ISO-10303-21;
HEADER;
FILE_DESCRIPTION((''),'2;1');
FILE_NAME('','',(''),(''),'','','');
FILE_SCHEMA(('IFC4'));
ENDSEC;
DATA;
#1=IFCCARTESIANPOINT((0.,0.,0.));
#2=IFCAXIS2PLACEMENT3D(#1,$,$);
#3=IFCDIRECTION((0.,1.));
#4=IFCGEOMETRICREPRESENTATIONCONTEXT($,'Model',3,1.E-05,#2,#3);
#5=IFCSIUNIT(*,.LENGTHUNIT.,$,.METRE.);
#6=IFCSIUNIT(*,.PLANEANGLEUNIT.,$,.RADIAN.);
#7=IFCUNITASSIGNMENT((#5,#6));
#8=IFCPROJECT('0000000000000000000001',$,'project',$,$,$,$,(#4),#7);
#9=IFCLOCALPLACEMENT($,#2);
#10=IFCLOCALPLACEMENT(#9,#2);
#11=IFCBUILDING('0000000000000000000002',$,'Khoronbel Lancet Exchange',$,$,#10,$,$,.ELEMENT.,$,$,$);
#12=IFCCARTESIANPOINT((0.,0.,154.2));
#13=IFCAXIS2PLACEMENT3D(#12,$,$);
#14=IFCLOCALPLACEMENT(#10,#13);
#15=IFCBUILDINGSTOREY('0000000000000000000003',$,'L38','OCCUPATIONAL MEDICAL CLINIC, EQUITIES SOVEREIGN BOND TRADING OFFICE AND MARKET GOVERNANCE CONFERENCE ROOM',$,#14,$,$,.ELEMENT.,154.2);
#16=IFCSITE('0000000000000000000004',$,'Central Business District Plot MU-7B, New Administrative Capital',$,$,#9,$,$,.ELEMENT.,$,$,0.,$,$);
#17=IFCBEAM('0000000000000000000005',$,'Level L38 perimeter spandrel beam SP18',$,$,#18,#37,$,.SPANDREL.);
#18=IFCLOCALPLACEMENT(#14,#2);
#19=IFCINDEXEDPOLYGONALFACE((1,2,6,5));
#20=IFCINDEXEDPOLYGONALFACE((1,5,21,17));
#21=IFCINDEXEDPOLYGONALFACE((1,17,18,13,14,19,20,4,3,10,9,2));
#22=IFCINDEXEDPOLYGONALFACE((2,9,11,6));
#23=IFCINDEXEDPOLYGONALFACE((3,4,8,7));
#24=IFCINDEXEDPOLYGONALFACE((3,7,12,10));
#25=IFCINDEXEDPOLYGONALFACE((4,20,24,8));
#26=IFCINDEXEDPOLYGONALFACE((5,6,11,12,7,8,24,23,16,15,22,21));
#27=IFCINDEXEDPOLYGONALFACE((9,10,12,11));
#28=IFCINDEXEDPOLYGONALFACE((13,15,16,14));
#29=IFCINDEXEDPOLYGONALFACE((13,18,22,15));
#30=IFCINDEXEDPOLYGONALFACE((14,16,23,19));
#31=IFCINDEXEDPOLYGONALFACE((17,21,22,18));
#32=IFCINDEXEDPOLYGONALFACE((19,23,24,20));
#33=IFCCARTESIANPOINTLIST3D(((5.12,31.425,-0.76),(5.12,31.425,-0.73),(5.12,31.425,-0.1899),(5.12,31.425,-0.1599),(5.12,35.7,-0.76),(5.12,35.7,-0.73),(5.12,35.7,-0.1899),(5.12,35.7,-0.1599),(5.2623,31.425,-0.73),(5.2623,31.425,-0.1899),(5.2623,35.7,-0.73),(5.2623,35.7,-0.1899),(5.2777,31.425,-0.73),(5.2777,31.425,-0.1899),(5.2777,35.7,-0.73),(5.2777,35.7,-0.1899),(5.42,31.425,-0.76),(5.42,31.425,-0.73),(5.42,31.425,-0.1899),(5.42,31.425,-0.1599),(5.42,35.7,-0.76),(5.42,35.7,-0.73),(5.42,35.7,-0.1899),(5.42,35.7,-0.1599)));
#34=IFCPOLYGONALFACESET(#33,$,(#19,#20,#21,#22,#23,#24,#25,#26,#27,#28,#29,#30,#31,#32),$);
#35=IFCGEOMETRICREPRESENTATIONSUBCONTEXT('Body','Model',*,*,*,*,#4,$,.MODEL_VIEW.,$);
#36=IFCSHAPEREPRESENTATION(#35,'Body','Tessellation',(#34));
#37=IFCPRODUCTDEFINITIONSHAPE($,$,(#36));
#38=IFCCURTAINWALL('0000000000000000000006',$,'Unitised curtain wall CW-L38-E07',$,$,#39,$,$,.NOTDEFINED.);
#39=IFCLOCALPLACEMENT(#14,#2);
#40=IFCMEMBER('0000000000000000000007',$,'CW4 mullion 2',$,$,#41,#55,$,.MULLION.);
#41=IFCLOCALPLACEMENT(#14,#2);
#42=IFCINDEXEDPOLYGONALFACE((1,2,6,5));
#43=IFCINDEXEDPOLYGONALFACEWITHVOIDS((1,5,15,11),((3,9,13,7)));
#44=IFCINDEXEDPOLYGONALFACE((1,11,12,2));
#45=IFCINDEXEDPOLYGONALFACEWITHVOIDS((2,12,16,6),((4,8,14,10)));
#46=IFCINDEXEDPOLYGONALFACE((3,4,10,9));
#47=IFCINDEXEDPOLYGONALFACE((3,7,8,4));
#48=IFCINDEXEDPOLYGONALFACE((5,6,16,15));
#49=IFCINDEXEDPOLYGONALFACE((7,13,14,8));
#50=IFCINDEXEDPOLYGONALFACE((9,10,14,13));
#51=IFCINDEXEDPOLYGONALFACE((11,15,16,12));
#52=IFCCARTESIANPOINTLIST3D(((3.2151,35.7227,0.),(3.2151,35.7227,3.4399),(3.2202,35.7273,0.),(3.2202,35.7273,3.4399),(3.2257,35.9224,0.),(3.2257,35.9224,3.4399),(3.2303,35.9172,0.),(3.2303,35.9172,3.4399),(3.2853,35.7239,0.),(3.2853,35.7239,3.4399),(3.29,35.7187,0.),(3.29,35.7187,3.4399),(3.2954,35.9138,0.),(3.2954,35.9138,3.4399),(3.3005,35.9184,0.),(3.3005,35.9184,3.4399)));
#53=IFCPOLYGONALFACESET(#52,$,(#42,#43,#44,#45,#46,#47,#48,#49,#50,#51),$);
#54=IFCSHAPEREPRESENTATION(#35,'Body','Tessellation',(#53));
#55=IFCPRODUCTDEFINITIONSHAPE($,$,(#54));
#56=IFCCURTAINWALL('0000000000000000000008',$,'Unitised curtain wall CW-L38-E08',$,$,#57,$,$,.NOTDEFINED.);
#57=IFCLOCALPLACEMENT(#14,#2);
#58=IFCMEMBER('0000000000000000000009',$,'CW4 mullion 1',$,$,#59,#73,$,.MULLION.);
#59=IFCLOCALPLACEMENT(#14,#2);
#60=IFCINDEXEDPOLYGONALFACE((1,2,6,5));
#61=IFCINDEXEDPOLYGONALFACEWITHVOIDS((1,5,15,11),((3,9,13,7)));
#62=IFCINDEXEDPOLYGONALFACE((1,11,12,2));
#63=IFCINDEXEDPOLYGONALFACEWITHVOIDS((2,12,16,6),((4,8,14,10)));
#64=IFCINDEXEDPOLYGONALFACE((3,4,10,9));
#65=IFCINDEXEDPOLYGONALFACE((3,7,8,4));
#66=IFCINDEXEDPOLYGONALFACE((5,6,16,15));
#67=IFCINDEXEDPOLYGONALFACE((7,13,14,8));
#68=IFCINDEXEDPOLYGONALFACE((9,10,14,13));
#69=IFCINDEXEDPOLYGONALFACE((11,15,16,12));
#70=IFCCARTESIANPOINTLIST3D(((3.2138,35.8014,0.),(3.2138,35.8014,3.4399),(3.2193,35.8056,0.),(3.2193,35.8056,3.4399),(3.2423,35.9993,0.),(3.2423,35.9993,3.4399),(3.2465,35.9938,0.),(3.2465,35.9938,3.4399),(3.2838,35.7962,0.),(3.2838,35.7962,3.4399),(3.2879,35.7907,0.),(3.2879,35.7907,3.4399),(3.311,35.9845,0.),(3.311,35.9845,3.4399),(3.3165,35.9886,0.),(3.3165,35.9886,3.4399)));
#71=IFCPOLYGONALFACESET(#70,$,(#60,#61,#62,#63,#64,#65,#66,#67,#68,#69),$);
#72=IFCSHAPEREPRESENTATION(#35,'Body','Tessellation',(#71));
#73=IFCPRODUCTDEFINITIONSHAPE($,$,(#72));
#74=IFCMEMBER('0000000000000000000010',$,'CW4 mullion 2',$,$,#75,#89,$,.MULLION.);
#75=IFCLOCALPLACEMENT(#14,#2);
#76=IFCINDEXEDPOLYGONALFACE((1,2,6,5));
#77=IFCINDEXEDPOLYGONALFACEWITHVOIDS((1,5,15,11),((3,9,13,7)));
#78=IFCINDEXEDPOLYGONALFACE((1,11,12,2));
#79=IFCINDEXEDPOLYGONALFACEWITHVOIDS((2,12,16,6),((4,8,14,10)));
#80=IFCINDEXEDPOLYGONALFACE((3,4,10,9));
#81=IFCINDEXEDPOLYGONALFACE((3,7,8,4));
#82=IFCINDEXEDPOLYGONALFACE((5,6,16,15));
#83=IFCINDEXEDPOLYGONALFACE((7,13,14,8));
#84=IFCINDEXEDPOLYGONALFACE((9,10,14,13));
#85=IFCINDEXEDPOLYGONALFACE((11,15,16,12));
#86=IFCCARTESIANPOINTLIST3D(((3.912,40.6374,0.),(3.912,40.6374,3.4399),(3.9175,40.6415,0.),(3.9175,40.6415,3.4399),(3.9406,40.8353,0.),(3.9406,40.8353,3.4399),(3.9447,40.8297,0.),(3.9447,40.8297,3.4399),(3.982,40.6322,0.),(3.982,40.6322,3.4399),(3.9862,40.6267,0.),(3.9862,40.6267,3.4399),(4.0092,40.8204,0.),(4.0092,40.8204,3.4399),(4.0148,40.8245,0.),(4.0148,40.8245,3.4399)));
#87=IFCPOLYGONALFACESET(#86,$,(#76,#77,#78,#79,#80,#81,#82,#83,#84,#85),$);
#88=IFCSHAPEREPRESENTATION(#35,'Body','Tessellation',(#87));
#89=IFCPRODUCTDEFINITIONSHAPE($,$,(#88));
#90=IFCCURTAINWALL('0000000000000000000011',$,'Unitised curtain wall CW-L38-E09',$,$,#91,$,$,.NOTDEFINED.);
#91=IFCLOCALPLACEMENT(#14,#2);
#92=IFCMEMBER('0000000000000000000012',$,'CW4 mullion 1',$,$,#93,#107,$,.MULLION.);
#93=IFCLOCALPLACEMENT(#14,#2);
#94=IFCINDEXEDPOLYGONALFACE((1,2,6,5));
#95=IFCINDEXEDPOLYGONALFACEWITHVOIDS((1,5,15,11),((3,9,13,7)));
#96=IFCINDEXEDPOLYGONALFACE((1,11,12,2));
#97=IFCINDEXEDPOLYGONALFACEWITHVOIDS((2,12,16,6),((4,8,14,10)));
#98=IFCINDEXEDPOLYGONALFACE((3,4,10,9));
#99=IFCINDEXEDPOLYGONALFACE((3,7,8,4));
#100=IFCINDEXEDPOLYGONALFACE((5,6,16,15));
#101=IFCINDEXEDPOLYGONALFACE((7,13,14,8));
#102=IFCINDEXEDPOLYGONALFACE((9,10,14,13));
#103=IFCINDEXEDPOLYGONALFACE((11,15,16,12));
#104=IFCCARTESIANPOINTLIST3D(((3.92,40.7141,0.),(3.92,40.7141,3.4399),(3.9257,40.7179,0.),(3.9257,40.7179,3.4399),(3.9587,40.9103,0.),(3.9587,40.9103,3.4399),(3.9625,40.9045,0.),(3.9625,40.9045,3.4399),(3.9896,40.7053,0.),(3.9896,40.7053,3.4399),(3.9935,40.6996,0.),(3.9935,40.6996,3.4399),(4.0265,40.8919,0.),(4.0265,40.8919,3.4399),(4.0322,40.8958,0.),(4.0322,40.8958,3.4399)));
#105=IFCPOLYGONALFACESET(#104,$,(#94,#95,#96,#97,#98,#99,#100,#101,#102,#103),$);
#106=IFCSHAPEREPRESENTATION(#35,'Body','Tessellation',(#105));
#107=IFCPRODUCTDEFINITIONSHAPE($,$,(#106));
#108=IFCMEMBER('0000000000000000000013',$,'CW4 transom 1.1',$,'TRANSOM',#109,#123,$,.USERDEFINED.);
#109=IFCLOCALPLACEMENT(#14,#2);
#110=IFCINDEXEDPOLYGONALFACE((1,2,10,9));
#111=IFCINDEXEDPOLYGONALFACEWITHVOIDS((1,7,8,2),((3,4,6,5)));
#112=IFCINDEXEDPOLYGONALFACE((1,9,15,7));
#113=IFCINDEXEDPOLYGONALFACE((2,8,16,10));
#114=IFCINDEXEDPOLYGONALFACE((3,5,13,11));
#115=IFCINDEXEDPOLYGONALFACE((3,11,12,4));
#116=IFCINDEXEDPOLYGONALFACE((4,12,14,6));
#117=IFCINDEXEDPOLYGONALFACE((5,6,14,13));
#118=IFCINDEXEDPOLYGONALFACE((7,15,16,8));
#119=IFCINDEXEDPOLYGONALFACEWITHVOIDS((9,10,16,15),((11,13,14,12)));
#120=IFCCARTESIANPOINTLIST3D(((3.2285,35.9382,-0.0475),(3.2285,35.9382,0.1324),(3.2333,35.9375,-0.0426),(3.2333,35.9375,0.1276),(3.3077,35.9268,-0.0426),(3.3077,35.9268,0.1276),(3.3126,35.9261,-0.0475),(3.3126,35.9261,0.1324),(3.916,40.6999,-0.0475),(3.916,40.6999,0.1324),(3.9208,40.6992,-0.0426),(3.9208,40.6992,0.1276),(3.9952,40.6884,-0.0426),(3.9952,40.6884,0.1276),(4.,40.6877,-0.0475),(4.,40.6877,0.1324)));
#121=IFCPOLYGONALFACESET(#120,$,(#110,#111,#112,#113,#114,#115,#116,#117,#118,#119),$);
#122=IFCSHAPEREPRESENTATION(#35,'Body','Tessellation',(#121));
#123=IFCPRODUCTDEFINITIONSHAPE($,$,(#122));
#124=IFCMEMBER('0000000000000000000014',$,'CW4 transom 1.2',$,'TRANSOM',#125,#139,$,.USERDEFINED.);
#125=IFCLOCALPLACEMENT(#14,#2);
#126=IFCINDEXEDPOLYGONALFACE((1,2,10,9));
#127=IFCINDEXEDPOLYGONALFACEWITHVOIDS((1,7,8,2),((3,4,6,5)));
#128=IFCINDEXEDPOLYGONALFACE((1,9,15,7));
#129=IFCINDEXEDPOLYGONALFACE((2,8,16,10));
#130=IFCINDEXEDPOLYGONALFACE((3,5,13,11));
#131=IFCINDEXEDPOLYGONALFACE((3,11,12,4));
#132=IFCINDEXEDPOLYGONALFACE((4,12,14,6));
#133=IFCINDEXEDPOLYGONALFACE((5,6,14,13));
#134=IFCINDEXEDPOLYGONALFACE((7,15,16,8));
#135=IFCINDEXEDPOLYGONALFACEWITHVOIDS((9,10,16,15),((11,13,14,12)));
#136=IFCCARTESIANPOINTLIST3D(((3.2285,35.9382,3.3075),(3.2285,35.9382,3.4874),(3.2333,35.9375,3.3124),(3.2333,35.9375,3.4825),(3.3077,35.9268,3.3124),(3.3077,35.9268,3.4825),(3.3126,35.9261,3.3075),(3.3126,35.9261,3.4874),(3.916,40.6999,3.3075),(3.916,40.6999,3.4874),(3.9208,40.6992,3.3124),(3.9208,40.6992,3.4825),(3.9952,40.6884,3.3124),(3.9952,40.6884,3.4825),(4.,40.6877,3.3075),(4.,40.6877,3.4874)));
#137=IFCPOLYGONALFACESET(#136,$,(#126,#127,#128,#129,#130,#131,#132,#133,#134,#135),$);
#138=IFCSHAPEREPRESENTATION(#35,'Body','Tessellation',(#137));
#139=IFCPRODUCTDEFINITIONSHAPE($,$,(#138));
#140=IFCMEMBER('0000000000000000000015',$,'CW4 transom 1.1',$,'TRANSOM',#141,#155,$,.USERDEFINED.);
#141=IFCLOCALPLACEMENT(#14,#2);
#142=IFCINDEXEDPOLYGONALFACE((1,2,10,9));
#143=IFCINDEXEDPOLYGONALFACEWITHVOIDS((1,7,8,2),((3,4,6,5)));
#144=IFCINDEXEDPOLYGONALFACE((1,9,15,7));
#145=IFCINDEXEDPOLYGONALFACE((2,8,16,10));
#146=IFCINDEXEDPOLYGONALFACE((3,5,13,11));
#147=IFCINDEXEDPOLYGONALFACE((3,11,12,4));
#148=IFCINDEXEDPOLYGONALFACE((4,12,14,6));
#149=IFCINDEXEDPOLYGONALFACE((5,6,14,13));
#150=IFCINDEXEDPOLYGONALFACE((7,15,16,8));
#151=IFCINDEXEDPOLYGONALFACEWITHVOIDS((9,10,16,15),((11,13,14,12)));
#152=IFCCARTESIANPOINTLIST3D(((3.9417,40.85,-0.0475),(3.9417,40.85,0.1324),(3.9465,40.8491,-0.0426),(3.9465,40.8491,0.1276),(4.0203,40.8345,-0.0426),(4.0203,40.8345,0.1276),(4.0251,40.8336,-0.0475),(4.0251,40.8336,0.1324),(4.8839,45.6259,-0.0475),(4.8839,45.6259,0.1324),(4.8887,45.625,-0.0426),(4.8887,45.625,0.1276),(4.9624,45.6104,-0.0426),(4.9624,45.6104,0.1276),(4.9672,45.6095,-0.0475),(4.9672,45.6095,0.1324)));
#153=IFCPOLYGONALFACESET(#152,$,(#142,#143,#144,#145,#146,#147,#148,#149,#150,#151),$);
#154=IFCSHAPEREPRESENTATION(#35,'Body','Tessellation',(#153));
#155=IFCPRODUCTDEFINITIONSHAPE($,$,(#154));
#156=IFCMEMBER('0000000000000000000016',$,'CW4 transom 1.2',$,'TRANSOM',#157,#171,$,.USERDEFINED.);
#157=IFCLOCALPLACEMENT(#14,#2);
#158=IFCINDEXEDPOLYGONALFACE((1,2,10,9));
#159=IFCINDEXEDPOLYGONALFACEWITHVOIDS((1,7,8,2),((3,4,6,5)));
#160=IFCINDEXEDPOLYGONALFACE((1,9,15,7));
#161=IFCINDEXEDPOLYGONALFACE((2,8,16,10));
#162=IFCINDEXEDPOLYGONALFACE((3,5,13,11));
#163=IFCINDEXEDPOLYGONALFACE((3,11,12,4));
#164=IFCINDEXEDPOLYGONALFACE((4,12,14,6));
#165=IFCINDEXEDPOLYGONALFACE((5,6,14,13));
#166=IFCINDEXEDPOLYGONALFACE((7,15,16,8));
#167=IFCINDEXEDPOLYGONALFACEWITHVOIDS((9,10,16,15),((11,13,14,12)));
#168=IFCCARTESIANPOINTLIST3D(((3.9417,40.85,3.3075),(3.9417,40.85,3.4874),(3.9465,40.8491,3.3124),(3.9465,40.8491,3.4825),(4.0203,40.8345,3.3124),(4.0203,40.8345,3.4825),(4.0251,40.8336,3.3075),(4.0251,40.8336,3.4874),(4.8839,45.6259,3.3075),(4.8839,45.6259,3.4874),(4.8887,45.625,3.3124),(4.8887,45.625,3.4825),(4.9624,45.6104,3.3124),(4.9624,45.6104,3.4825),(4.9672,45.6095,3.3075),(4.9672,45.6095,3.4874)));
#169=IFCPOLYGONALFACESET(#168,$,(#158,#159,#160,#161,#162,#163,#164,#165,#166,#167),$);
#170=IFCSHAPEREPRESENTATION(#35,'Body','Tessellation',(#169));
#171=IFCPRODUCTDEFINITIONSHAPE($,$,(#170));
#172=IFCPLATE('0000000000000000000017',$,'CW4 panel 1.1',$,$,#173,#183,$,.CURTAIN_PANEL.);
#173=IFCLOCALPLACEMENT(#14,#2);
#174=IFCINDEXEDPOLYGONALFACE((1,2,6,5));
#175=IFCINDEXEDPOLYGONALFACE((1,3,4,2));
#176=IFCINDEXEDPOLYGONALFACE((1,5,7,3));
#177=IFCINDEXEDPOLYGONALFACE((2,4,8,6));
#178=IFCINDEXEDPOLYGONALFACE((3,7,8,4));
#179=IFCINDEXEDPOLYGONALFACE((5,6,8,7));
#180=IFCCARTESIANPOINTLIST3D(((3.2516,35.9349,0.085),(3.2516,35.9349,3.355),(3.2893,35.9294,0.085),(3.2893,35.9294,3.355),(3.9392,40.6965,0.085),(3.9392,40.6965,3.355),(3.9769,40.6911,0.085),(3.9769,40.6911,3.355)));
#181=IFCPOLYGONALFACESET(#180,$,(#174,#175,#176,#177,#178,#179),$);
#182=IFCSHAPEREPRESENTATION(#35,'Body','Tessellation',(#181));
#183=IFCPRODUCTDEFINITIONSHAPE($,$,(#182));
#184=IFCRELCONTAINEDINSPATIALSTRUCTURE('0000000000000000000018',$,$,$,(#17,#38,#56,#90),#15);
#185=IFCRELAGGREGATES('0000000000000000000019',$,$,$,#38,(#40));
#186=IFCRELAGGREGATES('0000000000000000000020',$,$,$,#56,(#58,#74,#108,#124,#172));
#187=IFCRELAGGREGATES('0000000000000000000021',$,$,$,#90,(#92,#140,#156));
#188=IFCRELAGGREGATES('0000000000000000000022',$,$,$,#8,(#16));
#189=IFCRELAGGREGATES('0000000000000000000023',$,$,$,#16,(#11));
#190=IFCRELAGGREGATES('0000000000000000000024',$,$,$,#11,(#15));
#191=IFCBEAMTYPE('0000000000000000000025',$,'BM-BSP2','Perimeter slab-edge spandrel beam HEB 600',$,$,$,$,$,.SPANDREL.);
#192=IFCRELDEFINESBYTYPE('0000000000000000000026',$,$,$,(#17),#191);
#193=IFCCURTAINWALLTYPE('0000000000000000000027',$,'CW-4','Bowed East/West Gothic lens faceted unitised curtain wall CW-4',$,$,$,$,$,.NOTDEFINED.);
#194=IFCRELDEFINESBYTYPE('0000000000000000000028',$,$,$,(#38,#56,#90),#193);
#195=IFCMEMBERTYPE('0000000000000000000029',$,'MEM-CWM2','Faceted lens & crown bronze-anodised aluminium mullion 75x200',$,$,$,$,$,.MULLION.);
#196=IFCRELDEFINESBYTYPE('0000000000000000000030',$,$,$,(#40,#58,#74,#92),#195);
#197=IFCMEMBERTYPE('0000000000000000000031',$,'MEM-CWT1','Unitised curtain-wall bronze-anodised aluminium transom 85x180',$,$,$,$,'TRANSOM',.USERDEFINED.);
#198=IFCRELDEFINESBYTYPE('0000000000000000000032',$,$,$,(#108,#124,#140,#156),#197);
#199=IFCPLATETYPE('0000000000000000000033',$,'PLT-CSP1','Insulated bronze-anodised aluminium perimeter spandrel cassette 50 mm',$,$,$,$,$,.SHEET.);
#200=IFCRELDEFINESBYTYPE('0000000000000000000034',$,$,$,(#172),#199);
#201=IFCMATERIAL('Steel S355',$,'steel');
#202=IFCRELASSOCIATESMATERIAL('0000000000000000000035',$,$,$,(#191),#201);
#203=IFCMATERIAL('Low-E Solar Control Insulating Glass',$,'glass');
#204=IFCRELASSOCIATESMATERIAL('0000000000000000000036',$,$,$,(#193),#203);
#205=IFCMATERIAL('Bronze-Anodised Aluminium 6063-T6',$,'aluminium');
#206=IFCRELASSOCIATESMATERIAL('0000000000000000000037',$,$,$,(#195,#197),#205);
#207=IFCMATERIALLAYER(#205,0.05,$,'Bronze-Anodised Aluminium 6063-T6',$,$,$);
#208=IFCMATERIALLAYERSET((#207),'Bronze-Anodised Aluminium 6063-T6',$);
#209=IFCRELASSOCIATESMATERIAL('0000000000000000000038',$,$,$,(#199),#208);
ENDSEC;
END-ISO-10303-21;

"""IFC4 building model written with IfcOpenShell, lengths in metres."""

from ifc_helpers import new_model, si_unit, direction, frame, origin, origin_2d, place, context, subcontext, project, spatial, rectangle, hollow_rectangle, i_section, extrude, material, layer, layer_set, material_profile, profile_set, type_object, element, aggregate, save


model = new_model("IFC4")

# Units and contexts
model_context = context("Model", 3, precision=1e-05, world=origin(), true_north=direction((0.0, 1.0)))
body_context = subcontext(model_context, "Body", "Model", "MODEL_VIEW")
ifc_project = project(units=[si_unit("LENGTHUNIT", "METRE"), si_unit("PLANEANGLEUNIT", "RADIAN")], contexts=[model_context])

# Site, building, storey
site_placement = place(None, origin())
site = spatial("IfcSite", under=ifc_project, at=site_placement, Name="Central Business District Plot MU-7B, New Administrative Capital", CompositionType="ELEMENT", RefElevation=0.0)
building_placement = place(site_placement, origin())
building = spatial("IfcBuilding", under=site, at=building_placement, Name="Khoronbel Lancet Exchange", CompositionType="ELEMENT")
storey_placement = place(building_placement, frame((0.0, 0.0, 154.2)))
storey = spatial("IfcBuildingStorey", under=building, at=storey_placement, Name="L38", Description="OCCUPATIONAL MEDICAL CLINIC, EQUITIES SOVEREIGN BOND TRADING OFFICE AND MARKET GOVERNANCE CONFERENCE ROOM", CompositionType="ELEMENT", Elevation=154.2)

# Shared definitions
ifc_material_1 = material(Name="Steel S355", Category="steel")

# Beam
ifc_material_profile_1 = material_profile(ifc_material_1, i_section(OverallWidth=0.3, OverallDepth=0.6001, WebThickness=0.0154, FlangeThickness=0.03, at=origin_2d()), Name="HEB 600")
ifc_profile_set_1 = profile_set([ifc_material_profile_1], Name="Steel S355")
beam_type_1 = type_object("IfcBeamType", Name="BM-BSP2", Description="Perimeter slab-edge spandrel beam HEB 600", PredefinedType="SPANDREL", material=ifc_profile_set_1)
beam_1_placement = place(storey_placement, frame((5.27, 35.7, -0.46), z_axis=(0.0, -1.0, 0.0), x_axis=(1.0, 0.0, 0.0)))
element("IfcBeam", 1, at=beam_1_placement, inside=storey, type_object=beam_type_1, Name="Level L38 perimeter spandrel beam SP18", PredefinedType="SPANDREL", context=body_context, shape_type="SweptSolid", body=[
    extrude(i_section(OverallWidth=0.3, OverallDepth=0.6001, WebThickness=0.0154, FlangeThickness=0.03, at=origin_2d()), origin(), (0.0, 0.0, 1.0), 4.2749),
])

# Curtain wall, member
ifc_material_2 = material(Name="Low-E Solar Control Insulating Glass", Category="glass")
curtain_wall_type = type_object("IfcCurtainWallType", Name="CW-4", Description="Bowed East/West Gothic lens faceted unitised curtain wall CW-4", PredefinedType="NOTDEFINED", material=ifc_material_2)
curtain_wall_1_placement = place(storey_placement, origin())
curtain_wall_1 = element("IfcCurtainWall", 2, at=curtain_wall_1_placement, inside=storey, type_object=curtain_wall_type, Name="Unitised curtain wall CW-L38-E07", PredefinedType="NOTDEFINED")
ifc_material_3 = material(Name="Bronze-Anodised Aluminium 6063-T6", Category="aluminium")
ifc_material_profile_2 = material_profile(ifc_material_3, hollow_rectangle(XDim=0.075, YDim=0.2, WallThickness=0.0049, at=origin_2d()), Name="ALU MULLION 75x200")
ifc_profile_set_2 = profile_set([ifc_material_profile_2], Name="Bronze-Anodised Aluminium 6063-T6")
member_type_1 = type_object("IfcMemberType", Name="MEM-CWM2", Description="Faceted lens & crown bronze-anodised aluminium mullion 75x200", PredefinedType="MULLION", material=ifc_profile_set_2)
member_1_placement = place(storey_placement, frame((3.2578, 35.8206, 0.0), z_axis=(0.0, 0.0, 1.0), x_axis=(-0.998605, 0.0528, 0.0)))
member_1 = element("IfcMember", 3, at=member_1_placement, type_object=member_type_1, Name="CW4 mullion 2", PredefinedType="MULLION", context=body_context, shape_type="SweptSolid", body=[
    extrude(hollow_rectangle(XDim=0.075, YDim=0.2, WallThickness=0.0049, at=origin_2d()), origin(), (0.0, 0.0, 1.0), 3.4399),
])
aggregate(curtain_wall_1, [member_1])

# Curtain wall, members
curtain_wall_2_placement = place(storey_placement, origin())
curtain_wall_2 = element("IfcCurtainWall", 4, at=curtain_wall_2_placement, inside=storey, type_object=curtain_wall_type, Name="Unitised curtain wall CW-L38-E08", PredefinedType="NOTDEFINED")
member_2_placement = place(storey_placement, frame((3.2651, 35.895, 0.0), z_axis=(0.0, 0.0, 1.0), x_axis=(-0.989733, 0.142931, 0.0)))
member_2 = element("IfcMember", 5, at=member_2_placement, type_object=member_type_1, Name="CW4 mullion 1", PredefinedType="MULLION", context=body_context, shape_type="SweptSolid", body=[
    extrude(hollow_rectangle(XDim=0.075, YDim=0.2, WallThickness=0.0049, at=origin_2d()), origin(), (0.0, 0.0, 1.0), 3.4399),
])
member_3_placement = place(storey_placement, frame((3.9634, 40.731, 0.0), z_axis=(0.0, 0.0, 1.0), x_axis=(-0.989733, 0.142931, 0.0)))
member_3 = element("IfcMember", 6, at=member_3_placement, type_object=member_type_1, Name="CW4 mullion 2", PredefinedType="MULLION", context=body_context, shape_type="SweptSolid", body=[
    extrude(hollow_rectangle(XDim=0.075, YDim=0.2, WallThickness=0.0049, at=origin_2d()), origin(), (0.0, 0.0, 1.0), 3.4399),
])

# Curtain wall, member
curtain_wall_3_placement = place(storey_placement, origin())
curtain_wall_3 = element("IfcCurtainWall", 7, at=curtain_wall_3_placement, inside=storey, type_object=curtain_wall_type, Name="Unitised curtain wall CW-L38-E09", PredefinedType="NOTDEFINED")
member_4_placement = place(storey_placement, frame((3.9761, 40.8049, 0.0), z_axis=(0.0, 0.0, 1.0), x_axis=(-0.981092, 0.193544, 0.0)))
member_4 = element("IfcMember", 8, at=member_4_placement, type_object=member_type_1, Name="CW4 mullion 1", PredefinedType="MULLION", context=body_context, shape_type="SweptSolid", body=[
    extrude(hollow_rectangle(XDim=0.075, YDim=0.2, WallThickness=0.0049, at=origin_2d()), origin(), (0.0, 0.0, 1.0), 3.4399),
])

# Members
ifc_material_profile_3 = material_profile(ifc_material_3, hollow_rectangle(XDim=0.085, YDim=0.1799, WallThickness=0.0049, at=origin_2d()), Name="ALU TRANSOM 85x180")
ifc_profile_set_3 = profile_set([ifc_material_profile_3], Name="Bronze-Anodised Aluminium 6063-T6")
member_type_2 = type_object("IfcMemberType", Name="MEM-CWT1", Description="Unitised curtain-wall bronze-anodised aluminium transom 85x180", ElementType="TRANSOM", PredefinedType="USERDEFINED", material=ifc_profile_set_3)
member_5_placement = place(storey_placement, frame((3.2705, 35.9321, 0.0425), z_axis=(0.142899, 0.989737, 0.0), x_axis=(-0.989737, 0.142899, 0.0)))
member_5 = element("IfcMember", 9, at=member_5_placement, type_object=member_type_2, Name="CW4 transom 1.1", ObjectType="TRANSOM", PredefinedType="USERDEFINED", context=body_context, shape_type="SweptSolid", body=[
    extrude(hollow_rectangle(XDim=0.085, YDim=0.1799, WallThickness=0.0049, at=origin_2d()), origin(), (0.0, 0.0, 1.0), 4.811),
])
member_6_placement = place(storey_placement, frame((3.2705, 35.9321, 3.3975), z_axis=(0.142899, 0.989737, 0.0), x_axis=(-0.989737, 0.142899, 0.0)))
member_6 = element("IfcMember", 10, at=member_6_placement, type_object=member_type_2, Name="CW4 transom 1.2", ObjectType="TRANSOM", PredefinedType="USERDEFINED", context=body_context, shape_type="SweptSolid", body=[
    extrude(hollow_rectangle(XDim=0.085, YDim=0.1799, WallThickness=0.0049, at=origin_2d()), origin(), (0.0, 0.0, 1.0), 4.811),
])
member_7_placement = place(storey_placement, frame((3.9834, 40.8418, 0.0425), z_axis=(0.19354, 0.981092, 0.0), x_axis=(-0.981092, 0.19354, 0.0)))
member_7 = element("IfcMember", 11, at=member_7_placement, type_object=member_type_2, Name="CW4 transom 1.1", ObjectType="TRANSOM", PredefinedType="USERDEFINED", context=body_context, shape_type="SweptSolid", body=[
    extrude(hollow_rectangle(XDim=0.085, YDim=0.1799, WallThickness=0.0049, at=origin_2d()), origin(), (0.0, 0.0, 1.0), 4.8679),
])
member_8_placement = place(storey_placement, frame((3.9834, 40.8418, 3.3975), z_axis=(0.19354, 0.981092, 0.0), x_axis=(-0.981092, 0.19354, 0.0)))
member_8 = element("IfcMember", 12, at=member_8_placement, type_object=member_type_2, Name="CW4 transom 1.2", ObjectType="TRANSOM", PredefinedType="USERDEFINED", context=body_context, shape_type="SweptSolid", body=[
    extrude(hollow_rectangle(XDim=0.085, YDim=0.1799, WallThickness=0.0049, at=origin_2d()), origin(), (0.0, 0.0, 1.0), 4.8679),
])

# Plate
ifc_layer_1 = layer(ifc_material_3, 0.05, Name="Bronze-Anodised Aluminium 6063-T6")
ifc_layer_set_1 = layer_set([ifc_layer_1], Name="Bronze-Anodised Aluminium 6063-T6")
plate_type_1 = type_object("IfcPlateType", Name="PLT-CSP1", Description="Insulated bronze-anodised aluminium perimeter spandrel cassette 50 mm", PredefinedType="SHEET", material=ifc_layer_set_1)
plate_1_placement = place(storey_placement, frame((3.6143, 38.313, 0.085), z_axis=(0.0, 0.0, 1.0), x_axis=(0.142931, 0.989733, 0.0)))
plate_1 = element("IfcPlate", 13, at=plate_1_placement, type_object=plate_type_1, Name="CW4 panel 1.1", PredefinedType="CURTAIN_PANEL", context=body_context, shape_type="SweptSolid", body=[
    extrude(rectangle(XDim=4.811, YDim=0.0381, at=origin_2d()), origin(), (0.0, 0.0, 1.0), 3.27),
])
aggregate(curtain_wall_2, [member_2, member_3, member_5, member_6, plate_1])
aggregate(curtain_wall_3, [member_4, member_7, member_8])

save(model, "model.ifc")
